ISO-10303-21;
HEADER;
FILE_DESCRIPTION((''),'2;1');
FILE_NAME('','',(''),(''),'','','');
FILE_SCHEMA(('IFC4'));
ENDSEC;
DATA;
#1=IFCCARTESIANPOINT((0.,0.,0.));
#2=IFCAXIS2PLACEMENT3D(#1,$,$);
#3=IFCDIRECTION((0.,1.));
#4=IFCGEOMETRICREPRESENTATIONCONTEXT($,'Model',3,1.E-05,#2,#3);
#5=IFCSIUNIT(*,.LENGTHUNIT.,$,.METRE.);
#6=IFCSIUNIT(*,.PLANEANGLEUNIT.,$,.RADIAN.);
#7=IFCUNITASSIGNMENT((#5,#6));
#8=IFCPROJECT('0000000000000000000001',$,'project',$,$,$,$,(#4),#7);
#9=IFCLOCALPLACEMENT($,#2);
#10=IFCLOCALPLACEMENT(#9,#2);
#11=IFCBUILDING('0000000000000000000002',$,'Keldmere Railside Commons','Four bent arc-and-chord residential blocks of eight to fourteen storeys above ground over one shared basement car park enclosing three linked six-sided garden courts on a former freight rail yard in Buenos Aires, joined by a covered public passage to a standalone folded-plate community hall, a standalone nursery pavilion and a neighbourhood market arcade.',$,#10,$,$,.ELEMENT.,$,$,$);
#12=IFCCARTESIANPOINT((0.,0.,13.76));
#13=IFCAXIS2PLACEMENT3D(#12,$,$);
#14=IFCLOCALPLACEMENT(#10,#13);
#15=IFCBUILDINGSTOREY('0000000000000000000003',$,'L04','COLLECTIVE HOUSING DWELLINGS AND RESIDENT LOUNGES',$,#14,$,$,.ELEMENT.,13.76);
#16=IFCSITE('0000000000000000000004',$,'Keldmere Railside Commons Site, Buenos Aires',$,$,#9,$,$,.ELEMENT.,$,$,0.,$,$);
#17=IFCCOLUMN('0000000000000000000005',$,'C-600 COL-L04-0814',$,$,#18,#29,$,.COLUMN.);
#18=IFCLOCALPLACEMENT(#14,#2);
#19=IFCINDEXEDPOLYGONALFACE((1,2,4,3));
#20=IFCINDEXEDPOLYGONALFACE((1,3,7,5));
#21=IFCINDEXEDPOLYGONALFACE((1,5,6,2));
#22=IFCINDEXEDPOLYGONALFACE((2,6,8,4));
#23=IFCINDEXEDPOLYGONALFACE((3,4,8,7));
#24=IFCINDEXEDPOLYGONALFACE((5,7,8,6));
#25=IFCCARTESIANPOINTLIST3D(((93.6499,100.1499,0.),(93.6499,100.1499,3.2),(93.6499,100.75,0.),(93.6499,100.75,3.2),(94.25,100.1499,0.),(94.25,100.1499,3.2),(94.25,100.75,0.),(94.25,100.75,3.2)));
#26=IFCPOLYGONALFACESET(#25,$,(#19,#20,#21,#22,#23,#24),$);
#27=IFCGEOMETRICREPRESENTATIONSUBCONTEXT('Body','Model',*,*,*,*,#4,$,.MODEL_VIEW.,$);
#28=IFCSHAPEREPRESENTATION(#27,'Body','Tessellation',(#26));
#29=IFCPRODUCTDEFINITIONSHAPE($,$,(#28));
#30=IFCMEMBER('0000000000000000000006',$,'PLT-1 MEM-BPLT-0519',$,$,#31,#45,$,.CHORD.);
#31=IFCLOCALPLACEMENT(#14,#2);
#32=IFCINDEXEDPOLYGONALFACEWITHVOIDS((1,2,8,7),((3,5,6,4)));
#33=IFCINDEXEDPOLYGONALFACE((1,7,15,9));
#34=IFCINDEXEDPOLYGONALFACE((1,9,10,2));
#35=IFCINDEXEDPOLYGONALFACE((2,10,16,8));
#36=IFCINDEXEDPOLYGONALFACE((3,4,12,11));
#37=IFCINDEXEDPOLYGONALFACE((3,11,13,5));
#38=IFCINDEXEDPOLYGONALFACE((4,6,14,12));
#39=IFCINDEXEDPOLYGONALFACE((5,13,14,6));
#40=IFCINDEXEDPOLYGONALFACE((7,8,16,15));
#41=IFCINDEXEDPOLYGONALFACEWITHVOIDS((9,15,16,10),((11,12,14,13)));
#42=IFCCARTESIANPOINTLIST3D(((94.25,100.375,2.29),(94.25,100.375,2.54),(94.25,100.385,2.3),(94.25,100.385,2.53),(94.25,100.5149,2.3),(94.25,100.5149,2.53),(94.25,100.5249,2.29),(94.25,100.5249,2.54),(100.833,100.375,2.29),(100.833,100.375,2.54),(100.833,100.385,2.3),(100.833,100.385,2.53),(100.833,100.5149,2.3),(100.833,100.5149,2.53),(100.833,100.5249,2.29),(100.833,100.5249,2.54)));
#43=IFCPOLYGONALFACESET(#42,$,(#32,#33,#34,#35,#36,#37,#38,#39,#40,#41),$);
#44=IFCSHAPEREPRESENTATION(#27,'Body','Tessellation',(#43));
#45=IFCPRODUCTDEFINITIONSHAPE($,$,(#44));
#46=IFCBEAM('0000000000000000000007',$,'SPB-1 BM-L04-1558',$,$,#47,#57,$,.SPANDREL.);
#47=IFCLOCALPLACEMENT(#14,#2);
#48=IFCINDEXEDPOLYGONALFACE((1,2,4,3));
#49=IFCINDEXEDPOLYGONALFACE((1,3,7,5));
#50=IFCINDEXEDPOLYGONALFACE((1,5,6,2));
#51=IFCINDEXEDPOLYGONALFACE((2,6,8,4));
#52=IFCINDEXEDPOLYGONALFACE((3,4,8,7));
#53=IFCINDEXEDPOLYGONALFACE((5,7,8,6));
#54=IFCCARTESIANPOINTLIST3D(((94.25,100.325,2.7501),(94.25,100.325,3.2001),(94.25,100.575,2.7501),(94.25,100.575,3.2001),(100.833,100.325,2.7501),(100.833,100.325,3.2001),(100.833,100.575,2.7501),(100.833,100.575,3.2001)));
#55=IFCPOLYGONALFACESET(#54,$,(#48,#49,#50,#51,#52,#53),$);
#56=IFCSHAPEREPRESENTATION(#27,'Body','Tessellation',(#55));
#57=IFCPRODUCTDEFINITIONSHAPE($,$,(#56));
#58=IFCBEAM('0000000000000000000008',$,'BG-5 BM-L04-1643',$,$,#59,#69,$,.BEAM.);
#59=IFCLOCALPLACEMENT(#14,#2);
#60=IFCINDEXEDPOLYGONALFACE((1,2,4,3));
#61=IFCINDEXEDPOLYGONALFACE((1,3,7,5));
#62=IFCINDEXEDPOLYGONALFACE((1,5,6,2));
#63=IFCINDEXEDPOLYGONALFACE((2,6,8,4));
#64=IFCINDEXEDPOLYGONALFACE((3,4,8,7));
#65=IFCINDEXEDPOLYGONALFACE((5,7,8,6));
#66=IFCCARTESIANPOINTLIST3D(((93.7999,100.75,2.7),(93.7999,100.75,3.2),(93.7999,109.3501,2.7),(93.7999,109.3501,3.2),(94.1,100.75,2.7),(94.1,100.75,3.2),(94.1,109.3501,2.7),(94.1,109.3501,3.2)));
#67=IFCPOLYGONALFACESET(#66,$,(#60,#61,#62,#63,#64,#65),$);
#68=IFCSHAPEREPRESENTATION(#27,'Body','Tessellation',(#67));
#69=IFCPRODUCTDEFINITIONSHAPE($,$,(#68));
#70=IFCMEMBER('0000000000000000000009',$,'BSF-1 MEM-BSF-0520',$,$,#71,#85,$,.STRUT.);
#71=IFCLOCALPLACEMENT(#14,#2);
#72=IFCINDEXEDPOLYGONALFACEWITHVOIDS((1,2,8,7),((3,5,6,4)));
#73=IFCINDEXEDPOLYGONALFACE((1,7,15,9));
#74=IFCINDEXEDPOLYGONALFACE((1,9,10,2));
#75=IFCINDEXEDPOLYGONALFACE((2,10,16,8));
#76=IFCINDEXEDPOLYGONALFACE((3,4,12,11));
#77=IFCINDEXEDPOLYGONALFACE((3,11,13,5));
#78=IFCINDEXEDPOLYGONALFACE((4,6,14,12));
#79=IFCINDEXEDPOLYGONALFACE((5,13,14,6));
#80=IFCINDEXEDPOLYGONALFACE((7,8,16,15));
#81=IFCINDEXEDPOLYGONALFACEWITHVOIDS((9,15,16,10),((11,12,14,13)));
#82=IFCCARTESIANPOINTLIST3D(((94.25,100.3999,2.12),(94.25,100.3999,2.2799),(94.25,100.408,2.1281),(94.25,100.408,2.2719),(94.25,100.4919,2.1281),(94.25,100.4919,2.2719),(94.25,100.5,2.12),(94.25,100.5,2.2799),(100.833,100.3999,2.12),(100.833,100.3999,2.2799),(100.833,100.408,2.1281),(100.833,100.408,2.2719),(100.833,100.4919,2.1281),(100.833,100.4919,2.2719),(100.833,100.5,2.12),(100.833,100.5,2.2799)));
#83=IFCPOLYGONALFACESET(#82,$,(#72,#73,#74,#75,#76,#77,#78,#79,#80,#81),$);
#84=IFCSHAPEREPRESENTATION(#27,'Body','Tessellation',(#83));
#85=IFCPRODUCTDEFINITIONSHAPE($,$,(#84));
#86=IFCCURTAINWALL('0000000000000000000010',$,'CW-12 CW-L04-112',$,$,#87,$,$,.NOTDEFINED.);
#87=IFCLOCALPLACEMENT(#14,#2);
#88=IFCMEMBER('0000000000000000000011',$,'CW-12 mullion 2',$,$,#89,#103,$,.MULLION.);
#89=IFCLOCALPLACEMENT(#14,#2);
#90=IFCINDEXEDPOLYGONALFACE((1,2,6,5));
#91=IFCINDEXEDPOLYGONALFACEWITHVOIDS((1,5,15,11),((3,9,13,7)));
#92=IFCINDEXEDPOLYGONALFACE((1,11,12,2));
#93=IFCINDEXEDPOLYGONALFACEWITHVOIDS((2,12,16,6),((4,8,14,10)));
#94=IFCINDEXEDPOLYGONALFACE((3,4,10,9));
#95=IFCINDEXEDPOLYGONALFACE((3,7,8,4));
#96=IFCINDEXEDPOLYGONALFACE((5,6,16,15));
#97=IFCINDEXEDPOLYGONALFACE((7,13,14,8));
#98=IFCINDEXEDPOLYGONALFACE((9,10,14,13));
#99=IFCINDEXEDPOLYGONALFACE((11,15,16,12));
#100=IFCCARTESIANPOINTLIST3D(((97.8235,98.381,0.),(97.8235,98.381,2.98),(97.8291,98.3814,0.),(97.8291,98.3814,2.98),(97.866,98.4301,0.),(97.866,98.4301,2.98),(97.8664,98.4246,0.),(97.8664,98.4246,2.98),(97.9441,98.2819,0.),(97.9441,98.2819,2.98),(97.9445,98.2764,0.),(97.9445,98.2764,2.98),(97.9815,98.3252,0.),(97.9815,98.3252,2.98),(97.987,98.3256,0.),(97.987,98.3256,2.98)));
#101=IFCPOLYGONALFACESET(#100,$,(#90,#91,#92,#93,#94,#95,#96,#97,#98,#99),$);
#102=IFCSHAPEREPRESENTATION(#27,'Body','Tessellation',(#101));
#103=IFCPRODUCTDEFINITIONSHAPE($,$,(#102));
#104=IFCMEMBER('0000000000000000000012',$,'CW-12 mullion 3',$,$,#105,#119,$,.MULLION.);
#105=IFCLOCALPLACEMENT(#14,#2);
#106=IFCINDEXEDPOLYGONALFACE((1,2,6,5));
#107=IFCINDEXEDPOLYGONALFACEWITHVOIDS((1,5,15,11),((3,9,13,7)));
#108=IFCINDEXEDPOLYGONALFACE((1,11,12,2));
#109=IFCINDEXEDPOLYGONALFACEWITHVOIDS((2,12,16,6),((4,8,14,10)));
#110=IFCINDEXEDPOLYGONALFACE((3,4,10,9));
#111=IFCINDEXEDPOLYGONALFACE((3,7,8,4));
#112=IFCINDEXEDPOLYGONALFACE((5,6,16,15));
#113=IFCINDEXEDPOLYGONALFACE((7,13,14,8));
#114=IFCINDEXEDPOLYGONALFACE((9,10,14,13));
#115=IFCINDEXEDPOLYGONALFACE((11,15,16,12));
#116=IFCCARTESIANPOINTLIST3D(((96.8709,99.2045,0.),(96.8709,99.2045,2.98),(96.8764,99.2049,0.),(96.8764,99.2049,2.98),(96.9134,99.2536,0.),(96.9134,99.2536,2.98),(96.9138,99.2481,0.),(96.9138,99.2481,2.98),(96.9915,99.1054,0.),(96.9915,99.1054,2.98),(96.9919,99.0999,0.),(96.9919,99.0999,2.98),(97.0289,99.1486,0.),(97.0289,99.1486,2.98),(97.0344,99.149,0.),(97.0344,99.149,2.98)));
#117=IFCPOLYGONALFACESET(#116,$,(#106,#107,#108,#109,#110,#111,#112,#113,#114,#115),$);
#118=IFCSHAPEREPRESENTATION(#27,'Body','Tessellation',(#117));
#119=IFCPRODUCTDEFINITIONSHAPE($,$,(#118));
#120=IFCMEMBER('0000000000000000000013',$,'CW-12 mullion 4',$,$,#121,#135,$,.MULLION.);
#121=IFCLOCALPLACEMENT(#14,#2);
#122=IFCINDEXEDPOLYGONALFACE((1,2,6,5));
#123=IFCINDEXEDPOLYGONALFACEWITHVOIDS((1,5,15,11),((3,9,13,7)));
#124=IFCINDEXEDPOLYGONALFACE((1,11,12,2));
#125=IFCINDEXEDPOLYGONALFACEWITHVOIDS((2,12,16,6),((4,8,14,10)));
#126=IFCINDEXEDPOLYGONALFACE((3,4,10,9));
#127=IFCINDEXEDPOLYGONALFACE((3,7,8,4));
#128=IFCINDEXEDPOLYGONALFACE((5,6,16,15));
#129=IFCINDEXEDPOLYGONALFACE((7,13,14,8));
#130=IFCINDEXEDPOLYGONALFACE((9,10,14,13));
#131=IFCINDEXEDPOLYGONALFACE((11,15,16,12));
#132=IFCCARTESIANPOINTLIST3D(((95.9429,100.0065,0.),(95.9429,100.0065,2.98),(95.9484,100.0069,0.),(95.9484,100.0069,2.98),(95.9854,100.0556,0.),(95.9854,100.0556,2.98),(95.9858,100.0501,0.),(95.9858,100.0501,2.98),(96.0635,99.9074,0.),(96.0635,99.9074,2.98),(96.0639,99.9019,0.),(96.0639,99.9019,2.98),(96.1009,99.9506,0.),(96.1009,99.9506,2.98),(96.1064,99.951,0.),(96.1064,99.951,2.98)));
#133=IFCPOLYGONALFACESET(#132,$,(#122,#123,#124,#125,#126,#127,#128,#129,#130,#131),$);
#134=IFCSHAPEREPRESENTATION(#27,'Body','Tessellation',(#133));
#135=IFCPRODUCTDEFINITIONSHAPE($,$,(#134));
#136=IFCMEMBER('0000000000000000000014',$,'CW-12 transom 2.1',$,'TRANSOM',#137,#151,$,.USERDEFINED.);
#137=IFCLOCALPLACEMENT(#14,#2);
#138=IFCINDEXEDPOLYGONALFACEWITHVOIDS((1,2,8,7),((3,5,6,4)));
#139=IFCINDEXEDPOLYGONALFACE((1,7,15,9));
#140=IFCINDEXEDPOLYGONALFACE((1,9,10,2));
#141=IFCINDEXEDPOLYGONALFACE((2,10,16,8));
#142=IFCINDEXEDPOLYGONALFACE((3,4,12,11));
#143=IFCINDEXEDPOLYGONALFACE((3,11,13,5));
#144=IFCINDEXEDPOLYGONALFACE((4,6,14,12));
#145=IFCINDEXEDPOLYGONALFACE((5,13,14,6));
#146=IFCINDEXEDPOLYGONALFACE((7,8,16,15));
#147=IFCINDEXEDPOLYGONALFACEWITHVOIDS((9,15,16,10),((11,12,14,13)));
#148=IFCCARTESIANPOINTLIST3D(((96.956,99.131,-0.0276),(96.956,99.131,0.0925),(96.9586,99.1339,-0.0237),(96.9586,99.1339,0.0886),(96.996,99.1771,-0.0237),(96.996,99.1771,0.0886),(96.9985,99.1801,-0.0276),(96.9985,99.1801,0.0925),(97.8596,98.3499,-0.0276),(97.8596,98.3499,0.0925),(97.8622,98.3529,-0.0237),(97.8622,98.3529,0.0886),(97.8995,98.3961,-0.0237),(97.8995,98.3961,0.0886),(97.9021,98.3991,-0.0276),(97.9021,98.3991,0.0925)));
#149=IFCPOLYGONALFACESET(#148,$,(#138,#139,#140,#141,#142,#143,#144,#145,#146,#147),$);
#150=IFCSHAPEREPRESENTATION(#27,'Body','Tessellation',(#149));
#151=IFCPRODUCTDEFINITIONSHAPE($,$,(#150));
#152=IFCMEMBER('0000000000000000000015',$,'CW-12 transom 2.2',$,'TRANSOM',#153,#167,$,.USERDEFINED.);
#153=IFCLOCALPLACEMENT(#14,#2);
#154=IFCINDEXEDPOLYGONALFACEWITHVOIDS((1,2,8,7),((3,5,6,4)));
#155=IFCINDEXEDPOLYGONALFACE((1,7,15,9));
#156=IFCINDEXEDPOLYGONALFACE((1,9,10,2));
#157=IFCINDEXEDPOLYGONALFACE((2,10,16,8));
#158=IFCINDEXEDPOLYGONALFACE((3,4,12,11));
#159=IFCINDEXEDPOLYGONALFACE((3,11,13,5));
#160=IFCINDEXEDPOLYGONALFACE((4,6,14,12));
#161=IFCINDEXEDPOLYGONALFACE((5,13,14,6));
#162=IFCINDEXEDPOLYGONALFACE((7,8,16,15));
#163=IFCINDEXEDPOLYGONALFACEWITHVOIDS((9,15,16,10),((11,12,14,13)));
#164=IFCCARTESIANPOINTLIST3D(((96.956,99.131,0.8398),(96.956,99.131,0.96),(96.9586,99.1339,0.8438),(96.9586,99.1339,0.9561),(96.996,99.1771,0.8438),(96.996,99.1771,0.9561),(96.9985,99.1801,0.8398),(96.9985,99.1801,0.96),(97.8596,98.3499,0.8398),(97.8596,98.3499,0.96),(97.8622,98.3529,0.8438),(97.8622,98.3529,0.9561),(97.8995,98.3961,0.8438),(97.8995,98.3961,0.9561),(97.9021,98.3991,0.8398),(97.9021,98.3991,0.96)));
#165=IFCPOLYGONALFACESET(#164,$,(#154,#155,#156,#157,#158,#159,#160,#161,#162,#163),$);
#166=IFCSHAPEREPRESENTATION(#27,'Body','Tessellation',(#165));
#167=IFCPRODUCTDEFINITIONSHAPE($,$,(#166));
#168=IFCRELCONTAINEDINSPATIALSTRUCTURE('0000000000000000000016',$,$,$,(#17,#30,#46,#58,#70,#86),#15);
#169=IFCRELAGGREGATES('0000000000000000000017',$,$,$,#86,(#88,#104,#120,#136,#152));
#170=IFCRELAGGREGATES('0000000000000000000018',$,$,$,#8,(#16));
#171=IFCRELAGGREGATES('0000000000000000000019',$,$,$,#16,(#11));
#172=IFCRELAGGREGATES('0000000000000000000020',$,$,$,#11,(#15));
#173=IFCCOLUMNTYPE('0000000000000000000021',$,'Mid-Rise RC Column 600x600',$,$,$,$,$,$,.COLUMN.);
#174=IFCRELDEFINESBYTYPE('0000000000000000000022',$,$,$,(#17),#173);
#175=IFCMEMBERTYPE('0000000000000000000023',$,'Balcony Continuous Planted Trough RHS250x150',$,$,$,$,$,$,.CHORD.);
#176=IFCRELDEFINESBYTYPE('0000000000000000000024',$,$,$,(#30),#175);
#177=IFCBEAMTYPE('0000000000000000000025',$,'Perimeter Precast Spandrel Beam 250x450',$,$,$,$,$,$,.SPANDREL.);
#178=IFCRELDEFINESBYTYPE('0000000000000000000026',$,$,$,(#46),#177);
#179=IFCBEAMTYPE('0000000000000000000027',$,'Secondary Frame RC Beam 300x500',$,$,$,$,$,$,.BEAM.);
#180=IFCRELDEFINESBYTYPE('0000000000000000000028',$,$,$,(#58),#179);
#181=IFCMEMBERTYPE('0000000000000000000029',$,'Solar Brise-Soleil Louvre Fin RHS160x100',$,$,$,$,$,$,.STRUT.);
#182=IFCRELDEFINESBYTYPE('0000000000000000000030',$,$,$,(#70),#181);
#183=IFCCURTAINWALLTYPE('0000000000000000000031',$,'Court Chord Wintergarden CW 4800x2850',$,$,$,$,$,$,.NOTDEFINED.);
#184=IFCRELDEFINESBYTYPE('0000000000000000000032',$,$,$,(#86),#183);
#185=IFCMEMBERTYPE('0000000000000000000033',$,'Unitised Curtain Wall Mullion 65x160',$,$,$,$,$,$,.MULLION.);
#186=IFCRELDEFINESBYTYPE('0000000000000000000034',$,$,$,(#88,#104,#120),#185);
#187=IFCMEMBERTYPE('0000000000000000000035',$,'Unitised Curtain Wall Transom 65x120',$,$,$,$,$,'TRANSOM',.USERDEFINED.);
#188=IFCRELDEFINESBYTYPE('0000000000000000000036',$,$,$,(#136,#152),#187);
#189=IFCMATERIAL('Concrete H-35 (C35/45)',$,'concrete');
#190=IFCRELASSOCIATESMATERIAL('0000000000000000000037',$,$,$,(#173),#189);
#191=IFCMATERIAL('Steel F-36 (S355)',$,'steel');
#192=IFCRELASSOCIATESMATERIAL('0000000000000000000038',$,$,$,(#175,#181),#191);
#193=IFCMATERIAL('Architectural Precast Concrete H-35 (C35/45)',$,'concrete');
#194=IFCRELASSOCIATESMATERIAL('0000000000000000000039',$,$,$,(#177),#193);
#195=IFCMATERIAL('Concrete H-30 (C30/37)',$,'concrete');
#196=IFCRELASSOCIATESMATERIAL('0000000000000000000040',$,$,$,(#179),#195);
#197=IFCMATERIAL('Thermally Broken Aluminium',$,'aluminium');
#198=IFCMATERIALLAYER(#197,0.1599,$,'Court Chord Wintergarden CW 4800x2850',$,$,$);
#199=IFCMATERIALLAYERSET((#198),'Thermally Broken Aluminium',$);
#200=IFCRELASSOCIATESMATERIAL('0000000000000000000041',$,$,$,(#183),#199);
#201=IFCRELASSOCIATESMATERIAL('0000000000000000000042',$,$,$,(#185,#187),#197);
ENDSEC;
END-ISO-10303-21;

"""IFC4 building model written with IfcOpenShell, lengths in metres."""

from ifc_helpers import new_model, si_unit, direction, frame, origin, origin_2d, place, context, subcontext, project, spatial, rectangle, hollow_rectangle, extrude, material, layer, layer_set, material_profile, profile_set, type_object, element, aggregate, save


model = new_model("IFC4")

# Units and contexts
model_context = context("Model", 3, precision=1e-05, world=origin(), true_north=direction((0.0, 1.0)))
body_context = subcontext(model_context, "Body", "Model", "MODEL_VIEW")
ifc_project = project(units=[si_unit("LENGTHUNIT", "METRE"), si_unit("PLANEANGLEUNIT", "RADIAN")], contexts=[model_context])

# Site, building, storey
site_placement = place(None, origin())
site = spatial("IfcSite", under=ifc_project, at=site_placement, Name="Keldmere Railside Commons Site, Buenos Aires", CompositionType="ELEMENT", RefElevation=0.0)
building_placement = place(site_placement, origin())
building = spatial("IfcBuilding", under=site, at=building_placement, Name="Keldmere Railside Commons", Description="Four bent arc-and-chord residential blocks of eight to fourteen storeys above ground over one shared basement car park enclosing three linked six-sided garden courts on a former freight rail yard in Buenos Aires, joined by a covered public passage to a standalone folded-plate community hall, a standalone nursery pavilion and a neighbourhood market arcade.", CompositionType="ELEMENT")
storey_placement = place(building_placement, frame((0.0, 0.0, 13.76)))
storey = spatial("IfcBuildingStorey", under=building, at=storey_placement, Name="L04", Description="COLLECTIVE HOUSING DWELLINGS AND RESIDENT LOUNGES", CompositionType="ELEMENT", Elevation=13.76)

# Column
ifc_material_1 = material(Name="Concrete H-35 (C35/45)", Category="concrete")
ifc_material_profile_1 = material_profile(ifc_material_1, rectangle(XDim=0.6001, YDim=0.6001, at=origin_2d()), Name="RC-600x600")
ifc_profile_set_1 = profile_set([ifc_material_profile_1], Name="Concrete H-35 (C35/45)")
column_type = type_object("IfcColumnType", Name="Mid-Rise RC Column 600x600", PredefinedType="COLUMN", material=ifc_profile_set_1)
column_placement = place(storey_placement, frame((93.95, 100.45, 0.0), z_axis=(0.0, 0.0, 1.0), x_axis=(1.0, 0.0, 0.0)))
element("IfcColumn", 1, at=column_placement, inside=storey, type_object=column_type, Name="C-600 COL-L04-0814", PredefinedType="COLUMN", context=body_context, shape_type="SweptSolid", body=[
    extrude(rectangle(XDim=0.6001, YDim=0.6001, at=origin_2d()), origin(), (0.0, 0.0, 1.0), 3.2),
])

# Member
ifc_material_2 = material(Name="Steel F-36 (S355)", Category="steel")
ifc_material_profile_2 = material_profile(ifc_material_2, hollow_rectangle(XDim=0.1499, YDim=0.25, WallThickness=0.01, at=origin_2d()), Name="RHS-250x150x10")
ifc_profile_set_2 = profile_set([ifc_material_profile_2], Name="Steel F-36 (S355)")
member_type_1 = type_object("IfcMemberType", Name="Balcony Continuous Planted Trough RHS250x150", PredefinedType="CHORD", material=ifc_profile_set_2)
member_1_placement = place(storey_placement, frame((94.25, 100.45, 2.415), z_axis=(1.0, 0.0, 0.0), x_axis=(0.0, 1.0, 0.0)))
element("IfcMember", 2, at=member_1_placement, inside=storey, type_object=member_type_1, Name="PLT-1 MEM-BPLT-0519", PredefinedType="CHORD", context=body_context, shape_type="SweptSolid", body=[
    extrude(hollow_rectangle(XDim=0.1499, YDim=0.25, WallThickness=0.01, at=origin_2d()), origin(), (0.0, 0.0, 1.0), 6.583),
])

# Beams
ifc_material_3 = material(Name="Architectural Precast Concrete H-35 (C35/45)", Category="concrete")
ifc_material_profile_3 = material_profile(ifc_material_3, rectangle(XDim=0.25, YDim=0.45, at=origin_2d()), Name="RC-250x450")
ifc_profile_set_3 = profile_set([ifc_material_profile_3], Name="Architectural Precast Concrete H-35 (C35/45)")
beam_type_1 = type_object("IfcBeamType", Name="Perimeter Precast Spandrel Beam 250x450", PredefinedType="SPANDREL", material=ifc_profile_set_3)
beam_1_placement = place(storey_placement, frame((94.25, 100.45, 2.9751), z_axis=(1.0, 0.0, 0.0), x_axis=(0.0, 1.0, 0.0)))
element("IfcBeam", 3, at=beam_1_placement, inside=storey, type_object=beam_type_1, Name="SPB-1 BM-L04-1558", PredefinedType="SPANDREL", context=body_context, shape_type="SweptSolid", body=[
    extrude(rectangle(XDim=0.25, YDim=0.45, at=origin_2d()), origin(), (0.0, 0.0, 1.0), 6.583),
])
ifc_material_4 = material(Name="Concrete H-30 (C30/37)", Category="concrete")
ifc_material_profile_4 = material_profile(ifc_material_4, rectangle(XDim=0.3, YDim=0.5, at=origin_2d()), Name="RC-300x500")
ifc_profile_set_4 = profile_set([ifc_material_profile_4], Name="Concrete H-30 (C30/37)")
beam_type_2 = type_object("IfcBeamType", Name="Secondary Frame RC Beam 300x500", PredefinedType="BEAM", material=ifc_profile_set_4)
beam_2_placement = place(storey_placement, frame((93.95, 100.75, 2.95), z_axis=(0.0, 1.0, 0.0), x_axis=(-1.0, 0.0, 0.0)))
element("IfcBeam", 4, at=beam_2_placement, inside=storey, type_object=beam_type_2, Name="BG-5 BM-L04-1643", PredefinedType="BEAM", context=body_context, shape_type="SweptSolid", body=[
    extrude(rectangle(XDim=0.3, YDim=0.5, at=origin_2d()), origin(), (0.0, 0.0, 1.0), 8.6001),
])

# Member
ifc_material_profile_5 = material_profile(ifc_material_2, hollow_rectangle(XDim=0.1001, YDim=0.1599, WallThickness=0.0081, at=origin_2d()), Name="RHS-160x100x8")
ifc_profile_set_5 = profile_set([ifc_material_profile_5], Name="Steel F-36 (S355)")
member_type_2 = type_object("IfcMemberType", Name="Solar Brise-Soleil Louvre Fin RHS160x100", PredefinedType="STRUT", material=ifc_profile_set_5)
member_2_placement = place(storey_placement, frame((94.25, 100.45, 2.2), z_axis=(1.0, 0.0, 0.0), x_axis=(0.0, 1.0, 0.0)))
element("IfcMember", 5, at=member_2_placement, inside=storey, type_object=member_type_2, Name="BSF-1 MEM-BSF-0520", PredefinedType="STRUT", context=body_context, shape_type="SweptSolid", body=[
    extrude(hollow_rectangle(XDim=0.1001, YDim=0.1599, WallThickness=0.0081, at=origin_2d()), origin(), (0.0, 0.0, 1.0), 6.583),
])

# Curtain wall, members
ifc_material_5 = material(Name="Thermally Broken Aluminium", Category="aluminium")
ifc_layer_1 = layer(ifc_material_5, 0.1599, Name="Court Chord Wintergarden CW 4800x2850")
ifc_layer_set_1 = layer_set([ifc_layer_1], Name="Thermally Broken Aluminium")
curtain_wall_type = type_object("IfcCurtainWallType", Name="Court Chord Wintergarden CW 4800x2850", PredefinedType="NOTDEFINED", material=ifc_layer_set_1)
curtain_wall_placement = place(storey_placement, origin())
curtain_wall = element("IfcCurtainWall", 6, at=curtain_wall_placement, inside=storey, type_object=curtain_wall_type, Name="CW-12 CW-L04-112", PredefinedType="NOTDEFINED")
ifc_material_profile_6 = material_profile(ifc_material_5, hollow_rectangle(XDim=0.0649, YDim=0.1599, WallThickness=0.0039, at=origin_2d()), Name="ALU-MULL-65x160")
ifc_profile_set_6 = profile_set([ifc_material_profile_6], Name="Thermally Broken Aluminium")
member_type_3 = type_object("IfcMemberType", Name="Unitised Curtain Wall Mullion 65x160", PredefinedType="MULLION", material=ifc_profile_set_6)
member_3_placement = place(storey_placement, frame((97.9053, 98.3533, 0.0), z_axis=(0.0, 0.0, 1.0), x_axis=(-0.653882, -0.756597, 0.0)))
member_3 = element("IfcMember", 7, at=member_3_placement, type_object=member_type_3, Name="CW-12 mullion 2", PredefinedType="MULLION", context=body_context, shape_type="SweptSolid", body=[
    extrude(hollow_rectangle(XDim=0.0649, YDim=0.1599, WallThickness=0.0039, at=origin_2d()), origin(), (0.0, 0.0, 1.0), 2.98),
])
member_4_placement = place(storey_placement, frame((96.9526, 99.1768, 0.0), z_axis=(0.0, 0.0, 1.0), x_axis=(-0.653882, -0.756597, 0.0)))
member_4 = element("IfcMember", 8, at=member_4_placement, type_object=member_type_3, Name="CW-12 mullion 3", PredefinedType="MULLION", context=body_context, shape_type="SweptSolid", body=[
    extrude(hollow_rectangle(XDim=0.0649, YDim=0.1599, WallThickness=0.0039, at=origin_2d()), origin(), (0.0, 0.0, 1.0), 2.98),
])
member_5_placement = place(storey_placement, frame((96.0247, 99.9788, 0.0), z_axis=(0.0, 0.0, 1.0), x_axis=(-0.653882, -0.756597, 0.0)))
member_5 = element("IfcMember", 9, at=member_5_placement, type_object=member_type_3, Name="CW-12 mullion 4", PredefinedType="MULLION", context=body_context, shape_type="SweptSolid", body=[
    extrude(hollow_rectangle(XDim=0.0649, YDim=0.1599, WallThickness=0.0039, at=origin_2d()), origin(), (0.0, 0.0, 1.0), 2.98),
])
ifc_material_profile_7 = material_profile(ifc_material_5, hollow_rectangle(XDim=0.0649, YDim=0.1201, WallThickness=0.0039, at=origin_2d()), Name="ALU-TRAN-65x120")
ifc_profile_set_7 = profile_set([ifc_material_profile_7], Name="Thermally Broken Aluminium")
member_type_4 = type_object("IfcMemberType", Name="Unitised Curtain Wall Transom 65x120", ElementType="TRANSOM", PredefinedType="USERDEFINED", material=ifc_profile_set_7)
member_6_placement = place(storey_placement, frame((97.8809, 98.3745, 0.0325), z_axis=(-0.756552, 0.653934, 0.0), x_axis=(-0.653934, -0.756552, 0.0)))
member_6 = element("IfcMember", 10, at=member_6_placement, type_object=member_type_4, Name="CW-12 transom 2.1", ObjectType="TRANSOM", PredefinedType="USERDEFINED", context=body_context, shape_type="SweptSolid", body=[
    extrude(hollow_rectangle(XDim=0.0649, YDim=0.1201, WallThickness=0.0039, at=origin_2d()), origin(), (0.0, 0.0, 1.0), 1.1943),
])
member_7_placement = place(storey_placement, frame((97.8809, 98.3745, 0.8999), z_axis=(-0.756552, 0.653934, 0.0), x_axis=(-0.653934, -0.756552, 0.0)))
member_7 = element("IfcMember", 11, at=member_7_placement, type_object=member_type_4, Name="CW-12 transom 2.2", ObjectType="TRANSOM", PredefinedType="USERDEFINED", context=body_context, shape_type="SweptSolid", body=[
    extrude(hollow_rectangle(XDim=0.0649, YDim=0.1201, WallThickness=0.0039, at=origin_2d()), origin(), (0.0, 0.0, 1.0), 1.1943),
])
aggregate(curtain_wall, [member_3, member_4, member_5, member_6, member_7])

save(model, "model.ifc")
